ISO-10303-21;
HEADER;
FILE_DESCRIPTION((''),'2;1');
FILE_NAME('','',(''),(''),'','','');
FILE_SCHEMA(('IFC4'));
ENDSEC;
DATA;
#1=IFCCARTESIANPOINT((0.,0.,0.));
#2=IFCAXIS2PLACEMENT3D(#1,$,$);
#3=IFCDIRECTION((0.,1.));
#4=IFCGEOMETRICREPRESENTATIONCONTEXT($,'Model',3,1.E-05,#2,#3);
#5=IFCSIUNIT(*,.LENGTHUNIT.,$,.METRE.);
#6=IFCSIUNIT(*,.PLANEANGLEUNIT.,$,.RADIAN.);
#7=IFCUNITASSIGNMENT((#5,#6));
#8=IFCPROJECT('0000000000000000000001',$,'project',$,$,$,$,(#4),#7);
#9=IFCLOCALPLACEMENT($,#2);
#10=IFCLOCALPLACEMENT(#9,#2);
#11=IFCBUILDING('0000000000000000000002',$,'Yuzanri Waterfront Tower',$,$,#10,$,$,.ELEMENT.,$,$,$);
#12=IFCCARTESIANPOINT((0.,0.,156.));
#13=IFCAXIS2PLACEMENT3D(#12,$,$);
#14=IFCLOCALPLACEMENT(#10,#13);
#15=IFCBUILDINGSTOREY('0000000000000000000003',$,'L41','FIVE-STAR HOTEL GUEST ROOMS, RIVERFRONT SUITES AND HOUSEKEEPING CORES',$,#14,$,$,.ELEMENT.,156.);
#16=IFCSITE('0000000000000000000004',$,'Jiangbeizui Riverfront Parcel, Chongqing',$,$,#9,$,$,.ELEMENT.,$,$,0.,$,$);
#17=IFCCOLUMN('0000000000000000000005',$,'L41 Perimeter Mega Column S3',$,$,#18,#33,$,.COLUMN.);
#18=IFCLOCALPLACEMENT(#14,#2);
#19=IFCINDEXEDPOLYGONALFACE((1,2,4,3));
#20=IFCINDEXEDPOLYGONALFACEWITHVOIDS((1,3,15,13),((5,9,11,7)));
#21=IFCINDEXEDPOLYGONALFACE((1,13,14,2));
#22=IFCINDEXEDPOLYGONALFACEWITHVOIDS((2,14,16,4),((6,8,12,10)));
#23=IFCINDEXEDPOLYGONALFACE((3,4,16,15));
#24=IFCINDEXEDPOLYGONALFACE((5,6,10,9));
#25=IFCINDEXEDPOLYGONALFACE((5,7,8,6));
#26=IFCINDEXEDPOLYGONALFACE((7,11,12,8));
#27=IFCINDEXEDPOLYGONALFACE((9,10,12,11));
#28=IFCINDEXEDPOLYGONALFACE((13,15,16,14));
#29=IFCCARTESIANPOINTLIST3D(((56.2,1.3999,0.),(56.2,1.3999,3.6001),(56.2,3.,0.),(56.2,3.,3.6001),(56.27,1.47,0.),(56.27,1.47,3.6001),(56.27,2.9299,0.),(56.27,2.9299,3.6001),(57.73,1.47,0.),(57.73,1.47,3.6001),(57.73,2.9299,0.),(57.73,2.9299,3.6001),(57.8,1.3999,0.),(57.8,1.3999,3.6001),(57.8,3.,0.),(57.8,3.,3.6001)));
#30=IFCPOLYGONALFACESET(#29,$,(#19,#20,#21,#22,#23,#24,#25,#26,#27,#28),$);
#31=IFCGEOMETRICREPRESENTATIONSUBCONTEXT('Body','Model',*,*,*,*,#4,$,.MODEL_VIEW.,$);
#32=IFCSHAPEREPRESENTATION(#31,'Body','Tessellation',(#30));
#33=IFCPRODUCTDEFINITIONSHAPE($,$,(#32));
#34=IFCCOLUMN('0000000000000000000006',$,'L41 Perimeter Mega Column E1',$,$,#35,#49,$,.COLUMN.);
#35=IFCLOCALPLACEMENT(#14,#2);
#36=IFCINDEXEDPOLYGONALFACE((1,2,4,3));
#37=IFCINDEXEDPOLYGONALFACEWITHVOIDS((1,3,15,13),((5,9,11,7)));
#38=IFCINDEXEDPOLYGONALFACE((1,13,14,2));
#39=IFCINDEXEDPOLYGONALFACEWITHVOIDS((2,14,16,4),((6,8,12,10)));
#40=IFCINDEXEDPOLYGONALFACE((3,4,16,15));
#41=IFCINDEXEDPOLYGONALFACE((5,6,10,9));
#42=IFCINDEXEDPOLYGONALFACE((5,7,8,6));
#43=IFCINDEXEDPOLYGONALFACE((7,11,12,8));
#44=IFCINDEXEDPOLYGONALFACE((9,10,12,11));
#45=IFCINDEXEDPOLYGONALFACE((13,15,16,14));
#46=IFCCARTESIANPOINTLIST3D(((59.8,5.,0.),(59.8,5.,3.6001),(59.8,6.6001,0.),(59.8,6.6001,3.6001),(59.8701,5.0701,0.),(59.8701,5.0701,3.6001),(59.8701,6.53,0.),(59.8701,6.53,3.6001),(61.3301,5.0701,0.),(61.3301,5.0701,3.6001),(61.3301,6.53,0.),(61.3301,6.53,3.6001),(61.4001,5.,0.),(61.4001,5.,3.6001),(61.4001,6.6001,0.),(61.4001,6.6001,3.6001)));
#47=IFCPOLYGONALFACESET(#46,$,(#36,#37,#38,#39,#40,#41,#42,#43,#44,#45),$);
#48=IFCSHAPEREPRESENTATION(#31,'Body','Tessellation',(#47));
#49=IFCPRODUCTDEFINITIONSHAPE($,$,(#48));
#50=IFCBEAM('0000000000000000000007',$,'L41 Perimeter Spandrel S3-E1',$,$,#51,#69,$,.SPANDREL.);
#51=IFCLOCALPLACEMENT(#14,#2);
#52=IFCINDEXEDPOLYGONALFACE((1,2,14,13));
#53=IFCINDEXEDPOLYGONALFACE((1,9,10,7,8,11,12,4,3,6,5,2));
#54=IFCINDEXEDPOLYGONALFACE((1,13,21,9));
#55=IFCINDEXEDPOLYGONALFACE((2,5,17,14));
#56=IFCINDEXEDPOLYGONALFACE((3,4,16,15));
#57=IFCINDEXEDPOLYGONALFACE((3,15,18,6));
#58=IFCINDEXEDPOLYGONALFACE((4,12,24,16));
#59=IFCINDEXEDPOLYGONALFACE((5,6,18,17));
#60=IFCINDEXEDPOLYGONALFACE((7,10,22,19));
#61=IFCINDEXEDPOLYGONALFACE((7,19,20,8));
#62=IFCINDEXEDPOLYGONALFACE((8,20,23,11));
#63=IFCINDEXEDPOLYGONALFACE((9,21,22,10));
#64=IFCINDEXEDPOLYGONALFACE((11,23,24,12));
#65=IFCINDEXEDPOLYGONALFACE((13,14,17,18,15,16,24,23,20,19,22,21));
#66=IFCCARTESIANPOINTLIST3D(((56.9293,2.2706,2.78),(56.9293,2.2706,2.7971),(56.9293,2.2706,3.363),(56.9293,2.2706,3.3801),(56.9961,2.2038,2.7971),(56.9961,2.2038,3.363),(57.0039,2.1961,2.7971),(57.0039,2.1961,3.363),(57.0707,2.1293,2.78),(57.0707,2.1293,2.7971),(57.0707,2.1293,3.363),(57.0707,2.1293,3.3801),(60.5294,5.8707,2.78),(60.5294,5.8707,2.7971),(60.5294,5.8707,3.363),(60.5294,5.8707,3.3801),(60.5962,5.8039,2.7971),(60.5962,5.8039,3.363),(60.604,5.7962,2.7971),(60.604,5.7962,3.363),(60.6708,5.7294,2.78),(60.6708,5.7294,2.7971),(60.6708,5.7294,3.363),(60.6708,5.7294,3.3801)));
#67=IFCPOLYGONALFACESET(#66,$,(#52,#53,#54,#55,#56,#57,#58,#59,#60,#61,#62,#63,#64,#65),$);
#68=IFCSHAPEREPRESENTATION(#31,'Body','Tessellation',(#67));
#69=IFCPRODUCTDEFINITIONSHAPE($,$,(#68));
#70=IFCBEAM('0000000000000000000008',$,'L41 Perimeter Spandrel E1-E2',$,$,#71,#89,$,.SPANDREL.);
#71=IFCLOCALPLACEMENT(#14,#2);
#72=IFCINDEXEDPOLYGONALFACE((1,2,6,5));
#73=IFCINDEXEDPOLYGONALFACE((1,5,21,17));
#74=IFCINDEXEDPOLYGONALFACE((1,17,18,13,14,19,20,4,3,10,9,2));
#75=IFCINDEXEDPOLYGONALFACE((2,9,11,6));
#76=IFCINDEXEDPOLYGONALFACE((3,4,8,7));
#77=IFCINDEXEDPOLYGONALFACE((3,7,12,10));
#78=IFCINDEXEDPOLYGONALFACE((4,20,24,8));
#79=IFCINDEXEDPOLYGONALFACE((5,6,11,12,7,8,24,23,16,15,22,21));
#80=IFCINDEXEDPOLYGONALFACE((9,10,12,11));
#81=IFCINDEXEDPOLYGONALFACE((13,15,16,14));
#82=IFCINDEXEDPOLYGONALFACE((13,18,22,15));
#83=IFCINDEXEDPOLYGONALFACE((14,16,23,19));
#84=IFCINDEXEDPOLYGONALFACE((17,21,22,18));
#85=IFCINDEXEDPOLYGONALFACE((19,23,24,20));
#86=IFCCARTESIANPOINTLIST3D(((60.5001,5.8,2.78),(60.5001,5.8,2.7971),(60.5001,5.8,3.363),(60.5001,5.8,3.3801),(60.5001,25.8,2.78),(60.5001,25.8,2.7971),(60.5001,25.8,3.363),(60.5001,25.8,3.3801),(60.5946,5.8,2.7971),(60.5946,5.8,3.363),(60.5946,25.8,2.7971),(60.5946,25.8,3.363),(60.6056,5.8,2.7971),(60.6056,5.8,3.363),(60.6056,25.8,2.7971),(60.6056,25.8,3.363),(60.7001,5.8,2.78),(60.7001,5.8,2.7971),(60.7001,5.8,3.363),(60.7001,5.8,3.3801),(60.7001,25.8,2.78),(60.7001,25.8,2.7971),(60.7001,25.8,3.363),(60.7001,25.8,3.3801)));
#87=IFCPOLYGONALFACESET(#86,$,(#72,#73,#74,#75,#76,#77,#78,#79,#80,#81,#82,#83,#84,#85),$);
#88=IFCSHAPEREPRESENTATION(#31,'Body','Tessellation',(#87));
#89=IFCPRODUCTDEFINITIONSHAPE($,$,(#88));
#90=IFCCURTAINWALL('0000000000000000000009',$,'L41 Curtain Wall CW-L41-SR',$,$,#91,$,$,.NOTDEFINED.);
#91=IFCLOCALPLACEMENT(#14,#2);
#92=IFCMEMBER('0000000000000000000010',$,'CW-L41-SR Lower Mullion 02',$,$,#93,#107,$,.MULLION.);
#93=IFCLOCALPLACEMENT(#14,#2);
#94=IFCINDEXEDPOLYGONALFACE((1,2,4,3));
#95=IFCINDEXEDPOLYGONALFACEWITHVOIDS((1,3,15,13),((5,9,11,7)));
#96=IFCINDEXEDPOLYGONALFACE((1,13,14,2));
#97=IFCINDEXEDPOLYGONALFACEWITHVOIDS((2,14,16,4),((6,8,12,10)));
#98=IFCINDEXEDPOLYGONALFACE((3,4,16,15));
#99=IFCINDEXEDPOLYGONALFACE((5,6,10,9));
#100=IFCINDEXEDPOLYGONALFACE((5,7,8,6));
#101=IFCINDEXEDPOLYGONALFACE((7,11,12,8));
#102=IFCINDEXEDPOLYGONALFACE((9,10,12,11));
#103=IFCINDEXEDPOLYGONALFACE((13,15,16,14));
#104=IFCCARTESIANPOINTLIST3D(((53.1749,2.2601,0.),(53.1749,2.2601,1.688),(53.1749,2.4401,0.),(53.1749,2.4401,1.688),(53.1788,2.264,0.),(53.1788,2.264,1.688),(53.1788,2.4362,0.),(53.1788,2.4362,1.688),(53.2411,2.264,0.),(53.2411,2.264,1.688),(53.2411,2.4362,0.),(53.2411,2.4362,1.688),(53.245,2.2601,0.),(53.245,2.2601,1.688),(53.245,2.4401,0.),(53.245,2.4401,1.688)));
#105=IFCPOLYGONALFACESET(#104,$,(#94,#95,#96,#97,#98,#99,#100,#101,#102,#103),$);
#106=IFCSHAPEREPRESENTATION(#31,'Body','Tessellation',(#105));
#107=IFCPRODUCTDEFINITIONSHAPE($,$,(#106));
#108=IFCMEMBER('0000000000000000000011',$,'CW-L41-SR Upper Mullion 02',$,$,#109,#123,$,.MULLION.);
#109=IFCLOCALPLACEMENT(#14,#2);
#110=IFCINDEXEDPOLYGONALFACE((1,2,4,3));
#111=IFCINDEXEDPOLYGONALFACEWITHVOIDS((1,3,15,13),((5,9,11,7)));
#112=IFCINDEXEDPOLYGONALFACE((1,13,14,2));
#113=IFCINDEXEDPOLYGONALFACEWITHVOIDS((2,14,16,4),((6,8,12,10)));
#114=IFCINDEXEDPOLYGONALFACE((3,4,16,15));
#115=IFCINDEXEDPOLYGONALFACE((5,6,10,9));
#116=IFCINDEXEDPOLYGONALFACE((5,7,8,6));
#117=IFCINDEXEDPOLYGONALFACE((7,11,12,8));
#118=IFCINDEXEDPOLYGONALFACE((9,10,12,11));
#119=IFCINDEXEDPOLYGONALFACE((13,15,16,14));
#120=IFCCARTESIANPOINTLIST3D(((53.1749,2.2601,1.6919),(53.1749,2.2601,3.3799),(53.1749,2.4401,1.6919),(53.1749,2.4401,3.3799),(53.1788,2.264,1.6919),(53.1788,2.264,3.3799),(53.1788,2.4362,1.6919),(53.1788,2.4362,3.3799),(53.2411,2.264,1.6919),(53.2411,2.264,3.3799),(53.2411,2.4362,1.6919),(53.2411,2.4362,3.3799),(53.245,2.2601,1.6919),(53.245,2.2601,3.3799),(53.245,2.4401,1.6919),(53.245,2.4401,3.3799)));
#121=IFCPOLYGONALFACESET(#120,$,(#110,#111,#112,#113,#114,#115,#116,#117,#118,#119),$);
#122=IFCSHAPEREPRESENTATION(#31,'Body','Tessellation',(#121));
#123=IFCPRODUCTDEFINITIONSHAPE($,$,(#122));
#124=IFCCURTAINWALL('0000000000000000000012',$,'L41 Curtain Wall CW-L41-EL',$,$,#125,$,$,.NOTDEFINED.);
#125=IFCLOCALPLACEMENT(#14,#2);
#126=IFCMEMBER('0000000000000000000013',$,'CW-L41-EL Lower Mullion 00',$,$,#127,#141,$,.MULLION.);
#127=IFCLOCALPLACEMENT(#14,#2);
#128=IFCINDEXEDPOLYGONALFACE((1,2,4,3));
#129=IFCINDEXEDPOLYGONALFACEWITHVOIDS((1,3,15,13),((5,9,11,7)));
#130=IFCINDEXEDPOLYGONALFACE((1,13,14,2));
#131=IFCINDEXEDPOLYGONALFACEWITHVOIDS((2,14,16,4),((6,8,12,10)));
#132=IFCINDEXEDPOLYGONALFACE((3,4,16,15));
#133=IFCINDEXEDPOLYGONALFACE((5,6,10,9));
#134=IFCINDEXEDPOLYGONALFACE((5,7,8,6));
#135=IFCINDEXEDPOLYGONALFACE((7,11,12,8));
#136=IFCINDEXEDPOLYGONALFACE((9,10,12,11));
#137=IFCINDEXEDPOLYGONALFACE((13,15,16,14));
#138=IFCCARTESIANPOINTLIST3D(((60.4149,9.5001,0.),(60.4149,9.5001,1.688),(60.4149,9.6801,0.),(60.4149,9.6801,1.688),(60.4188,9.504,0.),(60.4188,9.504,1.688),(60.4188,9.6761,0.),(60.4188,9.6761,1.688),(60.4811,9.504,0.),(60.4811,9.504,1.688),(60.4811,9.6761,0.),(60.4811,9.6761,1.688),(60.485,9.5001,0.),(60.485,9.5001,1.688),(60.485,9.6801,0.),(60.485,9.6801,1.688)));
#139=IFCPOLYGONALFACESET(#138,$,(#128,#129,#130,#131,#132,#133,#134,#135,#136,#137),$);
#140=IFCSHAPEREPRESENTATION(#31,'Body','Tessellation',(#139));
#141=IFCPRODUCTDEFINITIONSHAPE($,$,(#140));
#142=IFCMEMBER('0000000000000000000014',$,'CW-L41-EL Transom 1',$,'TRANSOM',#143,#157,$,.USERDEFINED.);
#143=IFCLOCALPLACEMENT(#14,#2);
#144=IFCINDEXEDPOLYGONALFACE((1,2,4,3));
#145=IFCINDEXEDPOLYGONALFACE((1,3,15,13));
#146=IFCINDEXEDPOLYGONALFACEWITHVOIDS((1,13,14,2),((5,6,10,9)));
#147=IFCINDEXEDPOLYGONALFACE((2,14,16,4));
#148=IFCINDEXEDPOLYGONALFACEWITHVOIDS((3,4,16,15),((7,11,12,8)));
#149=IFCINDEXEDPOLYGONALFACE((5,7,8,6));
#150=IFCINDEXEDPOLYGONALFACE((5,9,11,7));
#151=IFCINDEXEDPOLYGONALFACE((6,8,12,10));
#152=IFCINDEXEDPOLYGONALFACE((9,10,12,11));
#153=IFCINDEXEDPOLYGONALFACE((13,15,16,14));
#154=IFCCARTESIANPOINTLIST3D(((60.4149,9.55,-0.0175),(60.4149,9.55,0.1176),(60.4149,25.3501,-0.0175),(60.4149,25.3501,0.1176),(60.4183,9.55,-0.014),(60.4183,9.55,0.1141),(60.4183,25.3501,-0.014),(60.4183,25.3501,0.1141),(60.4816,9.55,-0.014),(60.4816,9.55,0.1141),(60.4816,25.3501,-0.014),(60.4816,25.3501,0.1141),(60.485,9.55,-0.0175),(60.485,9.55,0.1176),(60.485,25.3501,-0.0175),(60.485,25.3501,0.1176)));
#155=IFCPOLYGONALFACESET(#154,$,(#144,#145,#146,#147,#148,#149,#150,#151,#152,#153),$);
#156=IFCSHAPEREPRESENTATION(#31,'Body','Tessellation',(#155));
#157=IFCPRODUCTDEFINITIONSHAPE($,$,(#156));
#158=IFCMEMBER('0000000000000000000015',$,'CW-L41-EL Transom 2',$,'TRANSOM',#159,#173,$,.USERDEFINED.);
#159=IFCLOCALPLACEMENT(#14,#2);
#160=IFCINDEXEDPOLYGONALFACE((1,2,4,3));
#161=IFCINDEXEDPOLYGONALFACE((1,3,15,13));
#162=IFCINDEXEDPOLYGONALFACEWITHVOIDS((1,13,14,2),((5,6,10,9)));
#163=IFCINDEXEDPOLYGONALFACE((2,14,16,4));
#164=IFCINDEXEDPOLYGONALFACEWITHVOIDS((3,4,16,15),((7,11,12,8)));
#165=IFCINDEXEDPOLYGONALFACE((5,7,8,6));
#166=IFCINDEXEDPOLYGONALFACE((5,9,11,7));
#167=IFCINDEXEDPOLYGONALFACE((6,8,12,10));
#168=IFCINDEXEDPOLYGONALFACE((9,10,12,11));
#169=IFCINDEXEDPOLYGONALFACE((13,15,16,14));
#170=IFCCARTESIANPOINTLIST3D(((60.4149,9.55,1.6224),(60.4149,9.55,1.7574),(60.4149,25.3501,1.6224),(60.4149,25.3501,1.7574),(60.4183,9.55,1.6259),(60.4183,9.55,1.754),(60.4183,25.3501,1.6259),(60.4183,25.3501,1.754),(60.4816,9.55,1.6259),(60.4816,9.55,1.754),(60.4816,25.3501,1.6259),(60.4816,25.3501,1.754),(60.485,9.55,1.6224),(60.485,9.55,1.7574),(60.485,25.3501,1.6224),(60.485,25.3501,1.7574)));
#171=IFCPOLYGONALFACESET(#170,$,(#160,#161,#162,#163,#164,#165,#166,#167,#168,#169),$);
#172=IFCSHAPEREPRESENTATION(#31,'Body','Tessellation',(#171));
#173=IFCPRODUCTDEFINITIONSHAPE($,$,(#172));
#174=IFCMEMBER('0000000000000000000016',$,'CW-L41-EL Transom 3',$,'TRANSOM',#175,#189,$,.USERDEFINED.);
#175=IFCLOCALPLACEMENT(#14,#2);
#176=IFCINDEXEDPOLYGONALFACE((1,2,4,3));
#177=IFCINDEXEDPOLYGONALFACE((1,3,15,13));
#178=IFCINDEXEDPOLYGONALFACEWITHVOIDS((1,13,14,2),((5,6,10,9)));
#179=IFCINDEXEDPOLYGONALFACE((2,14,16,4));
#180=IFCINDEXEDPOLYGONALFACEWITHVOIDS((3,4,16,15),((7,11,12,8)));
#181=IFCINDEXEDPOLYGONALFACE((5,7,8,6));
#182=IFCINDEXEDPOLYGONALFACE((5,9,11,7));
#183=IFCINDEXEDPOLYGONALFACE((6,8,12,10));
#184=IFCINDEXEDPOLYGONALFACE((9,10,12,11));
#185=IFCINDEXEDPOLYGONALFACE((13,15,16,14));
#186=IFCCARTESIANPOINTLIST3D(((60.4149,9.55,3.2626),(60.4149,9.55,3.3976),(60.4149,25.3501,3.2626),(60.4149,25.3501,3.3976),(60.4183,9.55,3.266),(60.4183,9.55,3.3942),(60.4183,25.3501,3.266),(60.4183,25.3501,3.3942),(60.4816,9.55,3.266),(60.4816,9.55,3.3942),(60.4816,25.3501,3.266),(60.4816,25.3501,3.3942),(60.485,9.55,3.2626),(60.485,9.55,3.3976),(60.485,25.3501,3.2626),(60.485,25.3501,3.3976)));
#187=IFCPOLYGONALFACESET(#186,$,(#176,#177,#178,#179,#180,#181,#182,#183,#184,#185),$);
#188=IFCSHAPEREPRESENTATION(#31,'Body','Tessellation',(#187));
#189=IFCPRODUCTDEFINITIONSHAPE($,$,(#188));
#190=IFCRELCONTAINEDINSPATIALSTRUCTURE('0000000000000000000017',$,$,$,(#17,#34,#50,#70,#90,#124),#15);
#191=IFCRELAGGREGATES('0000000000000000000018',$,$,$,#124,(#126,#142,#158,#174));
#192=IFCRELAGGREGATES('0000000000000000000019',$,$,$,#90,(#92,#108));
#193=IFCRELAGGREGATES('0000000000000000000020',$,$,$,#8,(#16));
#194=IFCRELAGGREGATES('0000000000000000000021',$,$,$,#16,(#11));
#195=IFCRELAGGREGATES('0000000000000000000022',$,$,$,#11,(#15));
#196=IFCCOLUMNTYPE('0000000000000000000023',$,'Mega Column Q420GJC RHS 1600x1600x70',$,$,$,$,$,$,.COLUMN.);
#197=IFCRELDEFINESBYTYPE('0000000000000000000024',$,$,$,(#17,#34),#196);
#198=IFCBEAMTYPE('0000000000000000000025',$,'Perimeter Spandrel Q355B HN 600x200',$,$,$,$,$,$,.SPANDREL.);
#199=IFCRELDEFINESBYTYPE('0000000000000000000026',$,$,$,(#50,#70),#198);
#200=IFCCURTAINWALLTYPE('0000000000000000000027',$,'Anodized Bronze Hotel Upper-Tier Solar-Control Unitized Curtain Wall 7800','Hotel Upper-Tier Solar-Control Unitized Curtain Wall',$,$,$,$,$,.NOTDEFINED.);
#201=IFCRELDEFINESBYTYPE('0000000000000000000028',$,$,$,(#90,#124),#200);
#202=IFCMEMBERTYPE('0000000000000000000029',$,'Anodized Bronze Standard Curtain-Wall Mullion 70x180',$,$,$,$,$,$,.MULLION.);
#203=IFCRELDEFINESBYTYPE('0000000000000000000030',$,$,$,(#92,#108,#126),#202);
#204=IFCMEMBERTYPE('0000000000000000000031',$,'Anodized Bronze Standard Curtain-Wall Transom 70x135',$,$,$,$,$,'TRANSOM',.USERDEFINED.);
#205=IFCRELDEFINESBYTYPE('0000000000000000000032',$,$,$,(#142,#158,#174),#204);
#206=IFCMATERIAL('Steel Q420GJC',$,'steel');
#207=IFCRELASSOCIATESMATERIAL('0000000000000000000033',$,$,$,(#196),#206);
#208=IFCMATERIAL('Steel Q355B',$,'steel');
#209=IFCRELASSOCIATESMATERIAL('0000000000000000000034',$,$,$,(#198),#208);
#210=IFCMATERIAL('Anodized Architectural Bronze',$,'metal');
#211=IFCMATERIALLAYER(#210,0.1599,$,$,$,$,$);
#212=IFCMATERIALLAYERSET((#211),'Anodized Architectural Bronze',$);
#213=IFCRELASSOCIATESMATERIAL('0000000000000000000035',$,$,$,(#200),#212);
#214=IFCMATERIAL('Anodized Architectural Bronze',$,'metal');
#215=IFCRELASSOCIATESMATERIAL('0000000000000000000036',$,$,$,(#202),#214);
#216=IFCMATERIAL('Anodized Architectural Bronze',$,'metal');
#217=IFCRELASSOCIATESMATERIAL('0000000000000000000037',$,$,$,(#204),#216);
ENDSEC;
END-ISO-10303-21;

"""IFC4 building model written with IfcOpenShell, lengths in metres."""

from ifc_helpers import new_model, si_unit, direction, frame, origin, origin_2d, place, context, subcontext, project, spatial, hollow_rectangle, i_section, extrude, source, transform, mapped, material, layer, layer_set, material_profile, profile_set, type_object, element, aggregate, save


model = new_model("IFC4")

# Units and contexts
model_context = context("Model", 3, precision=1e-05, world=origin(), true_north=direction((0.0, 1.0)))
body_context = subcontext(model_context, "Body", "Model", "MODEL_VIEW")
ifc_project = project(units=[si_unit("LENGTHUNIT", "METRE"), si_unit("PLANEANGLEUNIT", "RADIAN")], contexts=[model_context])

# Site, building, storey
site_placement = place(None, origin())
site = spatial("IfcSite", under=ifc_project, at=site_placement, Name="Jiangbeizui Riverfront Parcel, Chongqing", CompositionType="ELEMENT", RefElevation=0.0)
building_placement = place(site_placement, origin())
building = spatial("IfcBuilding", under=site, at=building_placement, Name="Yuzanri Waterfront Tower", CompositionType="ELEMENT")
storey_placement = place(building_placement, frame((0.0, 0.0, 156.0)))
storey = spatial("IfcBuildingStorey", under=building, at=storey_placement, Name="L41", Description="FIVE-STAR HOTEL GUEST ROOMS, RIVERFRONT SUITES AND HOUSEKEEPING CORES", CompositionType="ELEMENT", Elevation=156.0)

# Columns
ifc_material_1 = material(Name="Steel Q420GJC", Category="steel")
ifc_material_profile_1 = material_profile(ifc_material_1, hollow_rectangle(XDim=1.6001, YDim=1.6001, WallThickness=0.0701, at=origin_2d()), Name="RHS 1600x1600x70")
ifc_profile_set_1 = profile_set([ifc_material_profile_1], Name="Steel Q420GJC")
column_type = type_object("IfcColumnType", Name="Mega Column Q420GJC RHS 1600x1600x70", PredefinedType="COLUMN", material=ifc_profile_set_1)
shared_shape_1 = source(origin(), body_context, "Body", "SweptSolid", [
    extrude(hollow_rectangle(XDim=1.6001, YDim=1.6001, WallThickness=0.0701, at=origin_2d()), origin(), (0.0, 0.0, 1.0), 3.6001),
])
for number, where, z_axis, x_axis, name in (
    (1, (57.0, 2.2, 0.0), (0.0, 0.0, 1.0), (1.0, 0.0, 0.0), "L41 Perimeter Mega Column S3"),
    (2, (60.6001, 5.8, 0.0), (0.0, 0.0, 1.0), (1.0, 0.0, 0.0), "L41 Perimeter Mega Column E1"),
):
    element("IfcColumn", number, at=place(storey_placement, frame(where, z_axis=z_axis, x_axis=x_axis)), inside=storey, type_object=column_type, Name=name, PredefinedType="COLUMN", context=body_context, shape_type="MappedRepresentation", body=[
        mapped(shared_shape_1, transform((0.0, 0.0, 0.0), scale=1.0)),
    ])

# Beams
ifc_material_2 = material(Name="Steel Q355B", Category="steel")
ifc_material_profile_2 = material_profile(ifc_material_2, i_section(OverallWidth=0.2, OverallDepth=0.6001, WebThickness=0.011, FlangeThickness=0.0171, at=origin_2d()), Name="HN 600x200x11x17")
ifc_profile_set_2 = profile_set([ifc_material_profile_2], Name="Steel Q355B")
beam_type = type_object("IfcBeamType", Name="Perimeter Spandrel Q355B HN 600x200", PredefinedType="SPANDREL", material=ifc_profile_set_2)
shared_shape_2 = source(origin(), body_context, "Body", "SweptSolid", [
    extrude(i_section(OverallWidth=0.2, OverallDepth=0.6001, WebThickness=0.011, FlangeThickness=0.0171, at=origin_2d()), origin(), (0.0, 0.0, 1.0), 5.0913),
])
beam_1_placement = place(storey_placement, frame((57.0, 2.2, 3.0801), z_axis=(0.707107, 0.707107, 0.0), x_axis=(-0.707107, 0.707107, 0.0)))
element("IfcBeam", 3, at=beam_1_placement, inside=storey, type_object=beam_type, Name="L41 Perimeter Spandrel S3-E1", PredefinedType="SPANDREL", context=body_context, shape_type="MappedRepresentation", body=[
    mapped(shared_shape_2, transform((0.0, 0.0, 0.0), scale=1.0)),
])
shared_shape_3 = source(origin(), body_context, "Body", "SweptSolid", [
    extrude(i_section(OverallWidth=0.2, OverallDepth=0.6001, WebThickness=0.011, FlangeThickness=0.0171, at=origin_2d()), origin(), (0.0, 0.0, 1.0), 20.0),
])
beam_2_placement = place(storey_placement, frame((60.6001, 5.8, 3.0801), z_axis=(0.0, 1.0, 0.0), x_axis=(-1.0, 0.0, 0.0)))
element("IfcBeam", 4, at=beam_2_placement, inside=storey, type_object=beam_type, Name="L41 Perimeter Spandrel E1-E2", PredefinedType="SPANDREL", context=body_context, shape_type="MappedRepresentation", body=[
    mapped(shared_shape_3, transform((0.0, 0.0, 0.0), scale=1.0)),
])

# Curtain walls, members
ifc_material_3 = material(Name="Anodized Architectural Bronze", Category="metal")
ifc_layer_1 = layer(ifc_material_3, 0.1599)
ifc_layer_set_1 = layer_set([ifc_layer_1], Name="Anodized Architectural Bronze")
curtain_wall_type = type_object("IfcCurtainWallType", Name="Anodized Bronze Hotel Upper-Tier Solar-Control Unitized Curtain Wall 7800", Description="Hotel Upper-Tier Solar-Control Unitized Curtain Wall", PredefinedType="NOTDEFINED", material=ifc_layer_set_1)
curtain_wall_1_placement = place(storey_placement, origin())
curtain_wall_1 = element("IfcCurtainWall", 5, at=curtain_wall_1_placement, inside=storey, type_object=curtain_wall_type, Name="L41 Curtain Wall CW-L41-SR", PredefinedType="NOTDEFINED")
ifc_material_4 = material(Name="Anodized Architectural Bronze", Category="metal")
ifc_material_profile_3 = material_profile(ifc_material_4, hollow_rectangle(XDim=0.0701, YDim=0.1799, WallThickness=0.0039, at=origin_2d()), Name="CWM 70x180")
ifc_profile_set_3 = profile_set([ifc_material_profile_3], Name="Anodized Architectural Bronze")
member_type_1 = type_object("IfcMemberType", Name="Anodized Bronze Standard Curtain-Wall Mullion 70x180", PredefinedType="MULLION", material=ifc_profile_set_3)
shared_shape_4 = source(origin(), body_context, "Body", "SweptSolid", [
    extrude(hollow_rectangle(XDim=0.0701, YDim=0.1799, WallThickness=0.0039, at=origin_2d()), origin(), (0.0, 0.0, 1.0), 1.688),
])
member_1_placement = place(storey_placement, frame((53.21, 2.3501, 0.0), z_axis=(0.0, 0.0, 1.0), x_axis=(1.0, 0.0, 0.0)))
member_1 = element("IfcMember", 6, at=member_1_placement, type_object=member_type_1, Name="CW-L41-SR Lower Mullion 02", PredefinedType="MULLION", context=body_context, shape_type="MappedRepresentation", body=[
    mapped(shared_shape_4, transform((0.0, 0.0, 0.0), scale=1.0)),
])
member_2_placement = place(storey_placement, frame((53.21, 2.3501, 1.6919), z_axis=(0.0, 0.0, 1.0), x_axis=(1.0, 0.0, 0.0)))
member_2 = element("IfcMember", 7, at=member_2_placement, type_object=member_type_1, Name="CW-L41-SR Upper Mullion 02", PredefinedType="MULLION", context=body_context, shape_type="MappedRepresentation", body=[
    mapped(shared_shape_4, transform((0.0, 0.0, 0.0), scale=1.0)),
])
curtain_wall_2_placement = place(storey_placement, origin())
curtain_wall_2 = element("IfcCurtainWall", 8, at=curtain_wall_2_placement, inside=storey, type_object=curtain_wall_type, Name="L41 Curtain Wall CW-L41-EL", PredefinedType="NOTDEFINED")
member_3_placement = place(storey_placement, frame((60.45, 9.5901, 0.0), z_axis=(0.0, 0.0, 1.0), x_axis=(1.0, 0.0, 0.0)))
member_3 = element("IfcMember", 9, at=member_3_placement, type_object=member_type_1, Name="CW-L41-EL Lower Mullion 00", PredefinedType="MULLION", context=body_context, shape_type="MappedRepresentation", body=[
    mapped(shared_shape_4, transform((0.0, 0.0, 0.0), scale=1.0)),
])
ifc_material_5 = material(Name="Anodized Architectural Bronze", Category="metal")
ifc_material_profile_4 = material_profile(ifc_material_5, hollow_rectangle(XDim=0.0701, YDim=0.135, WallThickness=0.0034, at=origin_2d()), Name="CWT 70x135")
ifc_profile_set_4 = profile_set([ifc_material_profile_4], Name="Anodized Architectural Bronze")
member_type_2 = type_object("IfcMemberType", Name="Anodized Bronze Standard Curtain-Wall Transom 70x135", ElementType="TRANSOM", PredefinedType="USERDEFINED", material=ifc_profile_set_4)
shared_shape_5 = source(origin(), body_context, "Body", "SweptSolid", [
    extrude(hollow_rectangle(XDim=0.0701, YDim=0.135, WallThickness=0.0034, at=origin_2d()), origin(), (0.0, 0.0, 1.0), 15.8),
])
member_4_placement = place(storey_placement, frame((60.45, 9.55, 0.05), z_axis=(0.0, 1.0, 0.0), x_axis=(-1.0, 0.0, 0.0)))
member_4 = element("IfcMember", 10, at=member_4_placement, type_object=member_type_2, Name="CW-L41-EL Transom 1", ObjectType="TRANSOM", PredefinedType="USERDEFINED", context=body_context, shape_type="MappedRepresentation", body=[
    mapped(shared_shape_5, transform((0.0, 0.0, 0.0), scale=1.0)),
])
member_5_placement = place(storey_placement, frame((60.45, 9.55, 1.6899), z_axis=(0.0, 1.0, 0.0), x_axis=(-1.0, 0.0, 0.0)))
member_5 = element("IfcMember", 11, at=member_5_placement, type_object=member_type_2, Name="CW-L41-EL Transom 2", ObjectType="TRANSOM", PredefinedType="USERDEFINED", context=body_context, shape_type="MappedRepresentation", body=[
    mapped(shared_shape_5, transform((0.0, 0.0, 0.0), scale=1.0)),
])
member_6_placement = place(storey_placement, frame((60.45, 9.55, 3.3301), z_axis=(0.0, 1.0, 0.0), x_axis=(-1.0, 0.0, 0.0)))
member_6 = element("IfcMember", 12, at=member_6_placement, type_object=member_type_2, Name="CW-L41-EL Transom 3", ObjectType="TRANSOM", PredefinedType="USERDEFINED", context=body_context, shape_type="MappedRepresentation", body=[
    mapped(shared_shape_5, transform((0.0, 0.0, 0.0), scale=1.0)),
])
aggregate(curtain_wall_2, [member_3, member_4, member_5, member_6])

aggregate(curtain_wall_1, [member_1, member_2])

save(model, "model.ifc")
